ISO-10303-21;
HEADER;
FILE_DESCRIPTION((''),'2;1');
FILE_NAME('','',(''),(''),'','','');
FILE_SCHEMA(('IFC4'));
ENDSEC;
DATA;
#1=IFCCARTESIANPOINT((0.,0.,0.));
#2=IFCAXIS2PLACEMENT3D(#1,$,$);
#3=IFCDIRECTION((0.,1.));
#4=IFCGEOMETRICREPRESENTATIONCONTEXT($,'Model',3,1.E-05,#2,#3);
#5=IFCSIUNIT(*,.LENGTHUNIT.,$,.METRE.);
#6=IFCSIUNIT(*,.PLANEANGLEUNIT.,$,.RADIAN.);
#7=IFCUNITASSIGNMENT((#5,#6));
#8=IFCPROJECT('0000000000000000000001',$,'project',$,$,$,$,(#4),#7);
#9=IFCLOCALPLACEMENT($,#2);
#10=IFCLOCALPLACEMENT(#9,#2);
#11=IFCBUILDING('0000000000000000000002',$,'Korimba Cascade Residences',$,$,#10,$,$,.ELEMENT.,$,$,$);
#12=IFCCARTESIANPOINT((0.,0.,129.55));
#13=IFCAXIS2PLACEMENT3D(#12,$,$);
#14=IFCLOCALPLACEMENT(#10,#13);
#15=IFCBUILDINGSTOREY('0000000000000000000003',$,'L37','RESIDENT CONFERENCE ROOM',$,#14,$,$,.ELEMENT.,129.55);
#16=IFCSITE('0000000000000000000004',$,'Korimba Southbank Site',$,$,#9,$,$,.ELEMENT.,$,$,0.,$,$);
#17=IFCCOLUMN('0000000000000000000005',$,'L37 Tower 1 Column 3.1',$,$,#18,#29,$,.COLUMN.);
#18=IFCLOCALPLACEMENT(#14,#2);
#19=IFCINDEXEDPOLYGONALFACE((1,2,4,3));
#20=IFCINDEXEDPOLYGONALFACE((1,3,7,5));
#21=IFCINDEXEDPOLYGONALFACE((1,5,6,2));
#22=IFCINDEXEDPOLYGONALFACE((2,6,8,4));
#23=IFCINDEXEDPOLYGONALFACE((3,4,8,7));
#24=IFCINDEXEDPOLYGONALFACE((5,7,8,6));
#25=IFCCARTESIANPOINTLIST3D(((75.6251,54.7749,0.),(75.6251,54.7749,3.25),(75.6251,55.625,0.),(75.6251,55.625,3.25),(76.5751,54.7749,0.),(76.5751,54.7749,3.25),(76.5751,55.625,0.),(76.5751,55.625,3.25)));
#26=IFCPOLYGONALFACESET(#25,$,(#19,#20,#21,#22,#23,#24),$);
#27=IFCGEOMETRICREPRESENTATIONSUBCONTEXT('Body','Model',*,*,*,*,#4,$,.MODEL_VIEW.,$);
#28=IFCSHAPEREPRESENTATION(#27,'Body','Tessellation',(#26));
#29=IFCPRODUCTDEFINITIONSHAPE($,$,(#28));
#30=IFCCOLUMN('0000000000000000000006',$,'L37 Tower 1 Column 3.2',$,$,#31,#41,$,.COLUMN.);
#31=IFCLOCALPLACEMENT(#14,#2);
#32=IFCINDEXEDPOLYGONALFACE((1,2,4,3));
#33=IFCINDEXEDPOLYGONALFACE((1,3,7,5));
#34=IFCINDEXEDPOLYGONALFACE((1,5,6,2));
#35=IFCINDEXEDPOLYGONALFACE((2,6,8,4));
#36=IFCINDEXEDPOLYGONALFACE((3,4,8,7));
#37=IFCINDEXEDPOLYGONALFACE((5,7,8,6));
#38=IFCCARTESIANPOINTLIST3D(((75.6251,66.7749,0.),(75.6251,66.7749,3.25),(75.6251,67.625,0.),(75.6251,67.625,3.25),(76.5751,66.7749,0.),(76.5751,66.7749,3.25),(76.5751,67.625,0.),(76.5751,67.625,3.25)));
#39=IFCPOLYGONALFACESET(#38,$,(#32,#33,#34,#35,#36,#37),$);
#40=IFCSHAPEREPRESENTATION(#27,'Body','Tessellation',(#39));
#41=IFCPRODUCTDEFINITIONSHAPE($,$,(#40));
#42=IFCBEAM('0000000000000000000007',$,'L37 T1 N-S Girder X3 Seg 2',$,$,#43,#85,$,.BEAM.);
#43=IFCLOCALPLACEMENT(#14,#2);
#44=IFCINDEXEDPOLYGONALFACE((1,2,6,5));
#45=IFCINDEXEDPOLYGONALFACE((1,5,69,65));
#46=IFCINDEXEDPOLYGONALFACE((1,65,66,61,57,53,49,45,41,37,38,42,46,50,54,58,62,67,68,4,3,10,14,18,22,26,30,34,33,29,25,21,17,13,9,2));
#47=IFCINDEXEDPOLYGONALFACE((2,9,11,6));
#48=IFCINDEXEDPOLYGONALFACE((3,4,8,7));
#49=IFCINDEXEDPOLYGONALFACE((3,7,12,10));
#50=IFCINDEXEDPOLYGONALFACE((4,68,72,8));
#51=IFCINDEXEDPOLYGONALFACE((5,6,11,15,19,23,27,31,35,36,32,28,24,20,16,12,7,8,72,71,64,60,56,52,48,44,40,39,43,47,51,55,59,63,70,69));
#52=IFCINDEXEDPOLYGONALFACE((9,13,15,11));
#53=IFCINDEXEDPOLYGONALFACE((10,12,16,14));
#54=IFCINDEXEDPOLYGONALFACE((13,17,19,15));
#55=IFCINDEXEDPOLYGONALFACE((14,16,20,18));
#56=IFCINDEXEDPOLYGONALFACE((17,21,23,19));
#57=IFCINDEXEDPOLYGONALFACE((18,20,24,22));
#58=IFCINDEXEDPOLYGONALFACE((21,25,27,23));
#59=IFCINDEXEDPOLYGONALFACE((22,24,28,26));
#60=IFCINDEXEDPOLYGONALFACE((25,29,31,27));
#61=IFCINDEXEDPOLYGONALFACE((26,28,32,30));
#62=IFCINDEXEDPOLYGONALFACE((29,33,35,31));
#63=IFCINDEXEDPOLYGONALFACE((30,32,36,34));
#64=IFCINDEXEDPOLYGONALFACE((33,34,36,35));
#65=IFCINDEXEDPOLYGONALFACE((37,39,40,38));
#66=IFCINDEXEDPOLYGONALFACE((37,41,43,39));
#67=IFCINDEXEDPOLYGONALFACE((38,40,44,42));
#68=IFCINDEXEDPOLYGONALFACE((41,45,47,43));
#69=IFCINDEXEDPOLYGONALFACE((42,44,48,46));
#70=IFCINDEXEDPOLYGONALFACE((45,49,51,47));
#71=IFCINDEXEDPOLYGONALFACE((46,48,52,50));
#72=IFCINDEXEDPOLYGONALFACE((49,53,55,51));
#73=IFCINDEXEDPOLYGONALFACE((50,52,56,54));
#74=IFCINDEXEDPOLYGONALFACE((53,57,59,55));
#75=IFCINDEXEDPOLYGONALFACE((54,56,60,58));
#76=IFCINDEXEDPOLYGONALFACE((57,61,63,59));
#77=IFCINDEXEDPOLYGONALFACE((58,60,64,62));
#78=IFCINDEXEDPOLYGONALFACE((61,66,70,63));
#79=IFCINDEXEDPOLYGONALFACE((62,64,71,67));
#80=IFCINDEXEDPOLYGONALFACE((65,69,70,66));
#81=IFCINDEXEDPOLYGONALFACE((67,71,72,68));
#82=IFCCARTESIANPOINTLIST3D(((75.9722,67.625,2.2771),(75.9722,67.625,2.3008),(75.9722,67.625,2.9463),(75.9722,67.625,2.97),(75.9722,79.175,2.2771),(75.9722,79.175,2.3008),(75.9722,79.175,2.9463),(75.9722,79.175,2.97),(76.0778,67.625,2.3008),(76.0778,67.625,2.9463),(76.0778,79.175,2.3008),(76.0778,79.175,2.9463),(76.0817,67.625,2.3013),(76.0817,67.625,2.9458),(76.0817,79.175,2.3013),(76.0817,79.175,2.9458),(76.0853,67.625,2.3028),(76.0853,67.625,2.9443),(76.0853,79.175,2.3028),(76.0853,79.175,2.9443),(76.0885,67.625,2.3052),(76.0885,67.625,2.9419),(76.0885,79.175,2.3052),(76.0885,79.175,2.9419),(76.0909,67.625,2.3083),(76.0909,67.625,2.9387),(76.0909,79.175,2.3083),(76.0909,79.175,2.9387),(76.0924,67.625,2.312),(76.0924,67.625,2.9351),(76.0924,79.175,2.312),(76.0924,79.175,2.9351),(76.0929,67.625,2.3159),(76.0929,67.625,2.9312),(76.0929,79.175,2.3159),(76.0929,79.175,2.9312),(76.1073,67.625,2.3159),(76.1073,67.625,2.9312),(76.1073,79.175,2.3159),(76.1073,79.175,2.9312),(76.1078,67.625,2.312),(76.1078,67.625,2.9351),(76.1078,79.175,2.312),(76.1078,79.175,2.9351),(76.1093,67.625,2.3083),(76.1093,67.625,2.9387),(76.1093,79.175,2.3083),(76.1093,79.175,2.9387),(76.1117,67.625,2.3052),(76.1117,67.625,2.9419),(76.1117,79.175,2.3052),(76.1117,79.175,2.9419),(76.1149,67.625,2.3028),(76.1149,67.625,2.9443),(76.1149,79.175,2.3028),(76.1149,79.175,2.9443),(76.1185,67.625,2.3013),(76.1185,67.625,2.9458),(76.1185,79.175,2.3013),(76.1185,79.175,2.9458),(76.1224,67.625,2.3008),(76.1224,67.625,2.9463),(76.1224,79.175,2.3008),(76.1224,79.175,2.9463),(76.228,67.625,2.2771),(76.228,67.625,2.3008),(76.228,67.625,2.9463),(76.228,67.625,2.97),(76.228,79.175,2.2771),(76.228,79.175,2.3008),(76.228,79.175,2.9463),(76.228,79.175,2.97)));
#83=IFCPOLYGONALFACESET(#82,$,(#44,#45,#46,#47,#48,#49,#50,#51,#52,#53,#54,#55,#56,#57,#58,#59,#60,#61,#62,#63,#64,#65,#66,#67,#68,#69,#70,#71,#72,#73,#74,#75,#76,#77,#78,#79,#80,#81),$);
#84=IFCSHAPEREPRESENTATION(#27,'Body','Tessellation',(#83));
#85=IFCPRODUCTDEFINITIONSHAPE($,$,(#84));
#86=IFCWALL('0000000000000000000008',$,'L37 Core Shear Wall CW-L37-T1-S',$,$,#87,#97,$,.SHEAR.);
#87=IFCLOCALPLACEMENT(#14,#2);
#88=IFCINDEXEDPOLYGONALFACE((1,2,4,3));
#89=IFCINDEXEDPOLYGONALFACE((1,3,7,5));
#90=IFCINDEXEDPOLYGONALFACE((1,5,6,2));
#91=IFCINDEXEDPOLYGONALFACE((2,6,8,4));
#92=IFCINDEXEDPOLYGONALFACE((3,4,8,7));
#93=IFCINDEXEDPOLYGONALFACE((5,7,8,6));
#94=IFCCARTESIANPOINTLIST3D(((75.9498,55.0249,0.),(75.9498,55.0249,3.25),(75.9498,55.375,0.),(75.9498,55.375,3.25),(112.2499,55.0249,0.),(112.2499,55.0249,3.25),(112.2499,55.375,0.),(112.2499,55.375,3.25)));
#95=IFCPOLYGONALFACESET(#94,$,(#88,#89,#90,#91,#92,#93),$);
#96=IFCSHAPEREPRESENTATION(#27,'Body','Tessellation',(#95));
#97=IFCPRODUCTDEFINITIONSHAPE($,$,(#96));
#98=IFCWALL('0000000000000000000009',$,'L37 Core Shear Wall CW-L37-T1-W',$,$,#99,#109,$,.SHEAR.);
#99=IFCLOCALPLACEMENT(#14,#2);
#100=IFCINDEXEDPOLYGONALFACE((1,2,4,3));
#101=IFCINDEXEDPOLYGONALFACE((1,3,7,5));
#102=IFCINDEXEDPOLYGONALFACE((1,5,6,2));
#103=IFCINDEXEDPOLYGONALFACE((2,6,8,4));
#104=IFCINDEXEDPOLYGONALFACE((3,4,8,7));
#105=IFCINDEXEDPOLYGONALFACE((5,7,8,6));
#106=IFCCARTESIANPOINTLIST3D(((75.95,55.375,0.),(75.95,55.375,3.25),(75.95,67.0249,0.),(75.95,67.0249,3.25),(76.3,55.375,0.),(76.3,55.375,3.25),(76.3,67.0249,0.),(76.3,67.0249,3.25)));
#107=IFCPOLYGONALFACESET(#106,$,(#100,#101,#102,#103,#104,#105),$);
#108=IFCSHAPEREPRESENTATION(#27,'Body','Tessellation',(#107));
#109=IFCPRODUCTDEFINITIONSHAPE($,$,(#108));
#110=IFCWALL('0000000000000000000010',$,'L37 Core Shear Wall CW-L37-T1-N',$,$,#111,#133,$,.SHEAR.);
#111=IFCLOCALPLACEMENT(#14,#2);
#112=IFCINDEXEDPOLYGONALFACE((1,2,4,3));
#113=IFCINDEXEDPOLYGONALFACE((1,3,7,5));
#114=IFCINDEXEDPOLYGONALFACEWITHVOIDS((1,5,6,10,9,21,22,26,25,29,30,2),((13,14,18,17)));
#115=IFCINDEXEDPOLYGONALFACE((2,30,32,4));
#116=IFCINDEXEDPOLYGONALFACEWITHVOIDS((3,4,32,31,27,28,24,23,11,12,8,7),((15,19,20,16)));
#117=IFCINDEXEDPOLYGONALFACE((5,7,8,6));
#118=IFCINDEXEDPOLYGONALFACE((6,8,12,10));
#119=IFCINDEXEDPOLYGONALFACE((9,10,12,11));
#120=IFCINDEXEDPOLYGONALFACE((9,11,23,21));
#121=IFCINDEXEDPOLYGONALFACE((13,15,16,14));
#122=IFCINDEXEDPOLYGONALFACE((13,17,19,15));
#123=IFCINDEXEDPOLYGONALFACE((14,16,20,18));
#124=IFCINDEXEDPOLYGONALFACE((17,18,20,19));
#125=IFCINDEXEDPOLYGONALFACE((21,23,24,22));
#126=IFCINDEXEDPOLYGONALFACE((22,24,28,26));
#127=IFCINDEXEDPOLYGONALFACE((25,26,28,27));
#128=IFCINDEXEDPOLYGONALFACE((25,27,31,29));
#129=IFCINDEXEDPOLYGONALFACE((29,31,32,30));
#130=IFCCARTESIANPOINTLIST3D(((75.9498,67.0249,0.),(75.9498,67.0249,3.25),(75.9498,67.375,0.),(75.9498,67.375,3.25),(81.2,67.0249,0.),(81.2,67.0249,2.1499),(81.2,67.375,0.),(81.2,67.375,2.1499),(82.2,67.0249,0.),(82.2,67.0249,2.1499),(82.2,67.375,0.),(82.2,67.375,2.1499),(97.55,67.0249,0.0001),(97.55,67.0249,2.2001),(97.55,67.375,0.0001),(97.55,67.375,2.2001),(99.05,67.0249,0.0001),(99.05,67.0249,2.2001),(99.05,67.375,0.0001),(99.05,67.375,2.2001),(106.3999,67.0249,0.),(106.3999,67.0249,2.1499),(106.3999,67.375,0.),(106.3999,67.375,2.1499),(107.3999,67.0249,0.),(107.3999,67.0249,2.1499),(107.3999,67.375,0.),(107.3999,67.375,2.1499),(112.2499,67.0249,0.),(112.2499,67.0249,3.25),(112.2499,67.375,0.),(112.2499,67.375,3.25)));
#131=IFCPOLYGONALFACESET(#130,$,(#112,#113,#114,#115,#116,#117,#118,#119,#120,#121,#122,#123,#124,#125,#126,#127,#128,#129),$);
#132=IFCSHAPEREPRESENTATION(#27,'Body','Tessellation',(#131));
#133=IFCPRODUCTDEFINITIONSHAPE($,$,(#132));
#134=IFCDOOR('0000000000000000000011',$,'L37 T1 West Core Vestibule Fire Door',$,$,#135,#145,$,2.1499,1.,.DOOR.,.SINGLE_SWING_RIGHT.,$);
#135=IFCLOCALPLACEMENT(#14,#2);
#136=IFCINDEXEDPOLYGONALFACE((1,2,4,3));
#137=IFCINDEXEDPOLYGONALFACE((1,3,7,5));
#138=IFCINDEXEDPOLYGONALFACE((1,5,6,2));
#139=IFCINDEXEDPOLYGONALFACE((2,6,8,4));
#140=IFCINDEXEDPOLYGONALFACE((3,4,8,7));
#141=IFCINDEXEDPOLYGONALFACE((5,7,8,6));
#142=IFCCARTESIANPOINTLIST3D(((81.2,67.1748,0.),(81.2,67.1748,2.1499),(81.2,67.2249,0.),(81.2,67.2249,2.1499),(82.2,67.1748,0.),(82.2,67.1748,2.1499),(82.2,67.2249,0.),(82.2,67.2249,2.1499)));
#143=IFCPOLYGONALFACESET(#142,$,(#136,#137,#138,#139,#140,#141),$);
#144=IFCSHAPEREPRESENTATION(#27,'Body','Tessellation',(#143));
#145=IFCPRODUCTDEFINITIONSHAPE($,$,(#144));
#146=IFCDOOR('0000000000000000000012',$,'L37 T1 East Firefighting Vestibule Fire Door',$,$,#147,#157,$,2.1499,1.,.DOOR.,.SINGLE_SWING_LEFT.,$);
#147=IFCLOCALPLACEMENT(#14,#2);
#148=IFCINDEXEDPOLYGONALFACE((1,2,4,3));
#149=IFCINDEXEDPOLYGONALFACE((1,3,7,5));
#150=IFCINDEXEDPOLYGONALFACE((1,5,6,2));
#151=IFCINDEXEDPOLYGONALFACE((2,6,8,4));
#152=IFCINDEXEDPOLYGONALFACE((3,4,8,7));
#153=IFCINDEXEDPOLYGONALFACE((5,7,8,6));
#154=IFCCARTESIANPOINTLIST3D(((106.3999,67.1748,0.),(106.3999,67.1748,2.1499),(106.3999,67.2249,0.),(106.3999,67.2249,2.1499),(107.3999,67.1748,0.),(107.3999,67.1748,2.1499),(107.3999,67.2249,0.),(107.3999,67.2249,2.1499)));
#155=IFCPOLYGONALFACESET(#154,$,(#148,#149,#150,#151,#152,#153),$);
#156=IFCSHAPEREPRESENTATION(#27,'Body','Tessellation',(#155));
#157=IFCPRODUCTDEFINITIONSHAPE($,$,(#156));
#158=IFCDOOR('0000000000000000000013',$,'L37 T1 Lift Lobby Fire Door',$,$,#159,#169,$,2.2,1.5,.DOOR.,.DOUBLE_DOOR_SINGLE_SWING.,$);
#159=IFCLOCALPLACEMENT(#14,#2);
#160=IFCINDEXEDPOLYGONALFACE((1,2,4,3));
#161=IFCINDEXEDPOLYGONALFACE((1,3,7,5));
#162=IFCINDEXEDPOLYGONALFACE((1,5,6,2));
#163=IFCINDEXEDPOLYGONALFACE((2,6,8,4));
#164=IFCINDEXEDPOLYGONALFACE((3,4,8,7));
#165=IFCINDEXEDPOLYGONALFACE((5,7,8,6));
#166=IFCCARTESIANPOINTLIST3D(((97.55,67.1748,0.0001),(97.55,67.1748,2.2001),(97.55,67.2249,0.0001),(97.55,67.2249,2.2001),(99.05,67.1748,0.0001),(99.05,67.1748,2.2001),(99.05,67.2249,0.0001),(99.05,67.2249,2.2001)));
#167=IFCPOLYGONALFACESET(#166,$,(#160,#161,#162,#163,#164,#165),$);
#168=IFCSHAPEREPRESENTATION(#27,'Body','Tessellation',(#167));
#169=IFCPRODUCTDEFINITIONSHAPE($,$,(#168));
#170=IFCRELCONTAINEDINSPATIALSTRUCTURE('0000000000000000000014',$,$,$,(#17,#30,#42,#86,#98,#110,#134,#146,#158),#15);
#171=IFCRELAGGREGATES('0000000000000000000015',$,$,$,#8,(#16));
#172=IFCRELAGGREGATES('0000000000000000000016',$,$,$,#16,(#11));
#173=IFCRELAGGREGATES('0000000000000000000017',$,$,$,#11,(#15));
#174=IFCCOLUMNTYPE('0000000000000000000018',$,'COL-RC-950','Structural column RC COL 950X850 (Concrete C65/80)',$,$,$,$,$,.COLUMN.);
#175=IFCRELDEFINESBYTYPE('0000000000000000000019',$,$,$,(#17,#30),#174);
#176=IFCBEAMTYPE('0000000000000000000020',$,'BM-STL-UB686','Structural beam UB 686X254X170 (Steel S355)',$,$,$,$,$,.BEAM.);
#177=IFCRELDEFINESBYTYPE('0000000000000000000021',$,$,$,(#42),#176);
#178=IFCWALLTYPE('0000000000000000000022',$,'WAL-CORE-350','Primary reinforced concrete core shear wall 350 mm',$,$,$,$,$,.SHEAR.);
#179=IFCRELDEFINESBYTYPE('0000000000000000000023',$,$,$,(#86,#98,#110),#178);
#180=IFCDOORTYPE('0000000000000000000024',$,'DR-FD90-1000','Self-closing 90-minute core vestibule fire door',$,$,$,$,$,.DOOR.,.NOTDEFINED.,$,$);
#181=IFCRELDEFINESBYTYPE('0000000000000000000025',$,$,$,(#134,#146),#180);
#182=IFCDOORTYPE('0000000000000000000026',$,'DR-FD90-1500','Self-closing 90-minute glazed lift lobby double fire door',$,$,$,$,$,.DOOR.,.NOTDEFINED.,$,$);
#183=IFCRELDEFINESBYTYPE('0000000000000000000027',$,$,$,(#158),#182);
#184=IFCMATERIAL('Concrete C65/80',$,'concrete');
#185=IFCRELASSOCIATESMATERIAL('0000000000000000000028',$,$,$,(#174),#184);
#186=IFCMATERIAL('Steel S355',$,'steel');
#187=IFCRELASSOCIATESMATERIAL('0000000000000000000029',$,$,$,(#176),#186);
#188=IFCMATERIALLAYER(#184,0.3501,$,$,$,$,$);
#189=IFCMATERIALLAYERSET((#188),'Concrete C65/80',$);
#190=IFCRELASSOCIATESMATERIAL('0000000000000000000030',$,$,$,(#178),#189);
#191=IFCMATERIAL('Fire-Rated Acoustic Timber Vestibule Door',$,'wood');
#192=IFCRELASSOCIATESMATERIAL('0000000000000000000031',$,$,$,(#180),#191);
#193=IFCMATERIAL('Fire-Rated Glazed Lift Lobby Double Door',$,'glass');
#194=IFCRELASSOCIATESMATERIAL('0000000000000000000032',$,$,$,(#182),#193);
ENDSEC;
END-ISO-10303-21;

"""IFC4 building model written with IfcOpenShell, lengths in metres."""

from ifc_helpers import new_model, si_unit, direction, frame, frame_2d, origin, origin_2d, place, context, subcontext, project, spatial, rectangle, i_section, extrude, material, layer, layer_set, material_profile, profile_set, type_object, element, fill, save


model = new_model("IFC4")

# Units and contexts
model_context = context("Model", 3, precision=1e-05, world=origin(), true_north=direction((0.0, 1.0)))
body_context = subcontext(model_context, "Body", "Model", "MODEL_VIEW")
ifc_project = project(units=[si_unit("LENGTHUNIT", "METRE"), si_unit("PLANEANGLEUNIT", "RADIAN")], contexts=[model_context])

# Site, building, storey
site_placement = place(None, origin())
site = spatial("IfcSite", under=ifc_project, at=site_placement, Name="Korimba Southbank Site", CompositionType="ELEMENT", RefElevation=0.0)
building_placement = place(site_placement, origin())
building = spatial("IfcBuilding", under=site, at=building_placement, Name="Korimba Cascade Residences", CompositionType="ELEMENT")
storey_placement = place(building_placement, frame((0.0, 0.0, 129.55)))
storey = spatial("IfcBuildingStorey", under=building, at=storey_placement, Name="L37", Description="RESIDENT CONFERENCE ROOM", CompositionType="ELEMENT", Elevation=129.55)

# Columns
ifc_material_1 = material(Name="Concrete C65/80", Category="concrete")
ifc_material_profile_1 = material_profile(ifc_material_1, rectangle(XDim=0.95, YDim=0.8501, at=origin_2d()), Name="Concrete C65/80")
ifc_profile_set_1 = profile_set([ifc_material_profile_1], Name="Concrete C65/80")
column_type = type_object("IfcColumnType", Name="COL-RC-950", Description="Structural column RC COL 950X850 (Concrete C65/80)", PredefinedType="COLUMN", material=ifc_profile_set_1)
for number, where, z_axis, x_axis, name in (
    (1, (76.1001, 55.2, 0.0), (0.0, 0.0, 1.0), (1.0, 0.0, 0.0), "L37 Tower 1 Column 3.1"),
    (2, (76.1001, 67.2, 0.0), (0.0, 0.0, 1.0), (1.0, 0.0, 0.0), "L37 Tower 1 Column 3.2"),
):
    element("IfcColumn", number, at=place(storey_placement, frame(where, z_axis=z_axis, x_axis=x_axis)), inside=storey, type_object=column_type, Name=name, PredefinedType="COLUMN", context=body_context, shape_type="SweptSolid", body=[
        extrude(rectangle(XDim=0.95, YDim=0.8501, at=origin_2d()), origin(), (0.0, 0.0, 1.0), 3.25),
    ])

# Beam
ifc_material_2 = material(Name="Steel S355", Category="steel")
ifc_material_profile_2 = material_profile(ifc_material_2, i_section(OverallWidth=0.2559, OverallDepth=0.6929, WebThickness=0.0144, FlangeThickness=0.0237, FilletRadius=0.0151, at=origin_2d()), Name="Steel S355")
ifc_profile_set_2 = profile_set([ifc_material_profile_2], Name="Steel S355")
beam_type = type_object("IfcBeamType", Name="BM-STL-UB686", Description="Structural beam UB 686X254X170 (Steel S355)", PredefinedType="BEAM", material=ifc_profile_set_2)
beam_placement = place(storey_placement, frame((76.1001, 67.625, 2.6235), z_axis=(0.0, 1.0, 0.0), x_axis=(-1.0, 0.0, 0.0)))
element("IfcBeam", 3, at=beam_placement, inside=storey, type_object=beam_type, Name="L37 T1 N-S Girder X3 Seg 2", PredefinedType="BEAM", context=body_context, shape_type="SweptSolid", body=[
    extrude(i_section(OverallWidth=0.2559, OverallDepth=0.6929, WebThickness=0.0144, FlangeThickness=0.0237, FilletRadius=0.0151, at=origin_2d()), origin(), (0.0, 0.0, 1.0), 11.55),
])

# Walls
ifc_layer_1 = layer(ifc_material_1, 0.3501)
ifc_layer_set_1 = layer_set([ifc_layer_1], Name="Concrete C65/80")
wall_type_1 = type_object("IfcWallType", Name="WAL-CORE-350", Description="Primary reinforced concrete core shear wall 350 mm", PredefinedType="SHEAR", material=ifc_layer_set_1)
wall_1_placement = place(storey_placement, frame((75.95, 55.2, 0.0), z_axis=(0.0, 0.0, 1.0), x_axis=(1.0, 0.0, 0.0)))
element("IfcWall", 4, at=wall_1_placement, inside=storey, type_object=wall_type_1, Name="L37 Core Shear Wall CW-L37-T1-S", PredefinedType="SHEAR", context=body_context, shape_type="SweptSolid", body=[
    extrude(rectangle(XDim=36.3, YDim=0.3501, at=frame_2d((18.1499, 0.0))), origin(), (0.0, 0.0, 1.0), 3.25),
])
wall_2_placement = place(storey_placement, frame((76.125, 55.375, 0.0), z_axis=(0.0, 0.0, 1.0), x_axis=(0.0, 1.0, 0.0)))
element("IfcWall", 5, at=wall_2_placement, inside=storey, type_object=wall_type_1, Name="L37 Core Shear Wall CW-L37-T1-W", PredefinedType="SHEAR", context=body_context, shape_type="SweptSolid", body=[
    extrude(rectangle(XDim=11.6499, YDim=0.3501, at=frame_2d((5.825, 0.0))), origin(), (0.0, 0.0, 1.0), 3.25),
])

# Wall, openings, doors
wall_3_placement = place(storey_placement, frame((75.95, 67.2, 0.0), z_axis=(0.0, 0.0, 1.0), x_axis=(1.0, 0.0, 0.0)))
wall_3 = element("IfcWall", 6, at=wall_3_placement, inside=storey, type_object=wall_type_1, Name="L37 Core Shear Wall CW-L37-T1-N", PredefinedType="SHEAR", context=body_context, shape_type="SweptSolid", body=[
    extrude(rectangle(XDim=36.3, YDim=0.3501, at=frame_2d((18.1499, 0.0))), origin(), (0.0, 0.0, 1.0), 3.25),
])
opening_1_placement = place(wall_3_placement, frame((5.25, 0.0, 0.0)))
opening_1 = element("IfcOpeningElement", 7, at=opening_1_placement, cuts=wall_3, PredefinedType="OPENING", context=body_context, shape_type="SweptSolid", body=[
    extrude(rectangle(XDim=1.0, YDim=2.1499, at=frame_2d((0.5, 1.075))), frame((0.0, 0.1851, 0.0), z_axis=(0.0, -1.0, 0.0), x_axis=(1.0, 0.0, 0.0)), (0.0, 0.0, 1.0), 0.3701),
])
opening_2_placement = place(wall_3_placement, frame((21.6001, 0.0, 0.0)))
opening_2 = element("IfcOpeningElement", 8, at=opening_2_placement, cuts=wall_3, PredefinedType="OPENING", context=body_context, shape_type="SweptSolid", body=[
    extrude(rectangle(XDim=1.5, YDim=2.2, at=frame_2d((0.75, 1.1001))), frame((0.0, 0.1851, 0.0), z_axis=(0.0, -1.0, 0.0), x_axis=(1.0, 0.0, 0.0)), (0.0, 0.0, 1.0), 0.3701),
])
opening_3_placement = place(wall_3_placement, frame((30.45, 0.0, 0.0)))
opening_3 = element("IfcOpeningElement", 9, at=opening_3_placement, cuts=wall_3, PredefinedType="OPENING", context=body_context, shape_type="SweptSolid", body=[
    extrude(rectangle(XDim=1.0, YDim=2.1499, at=frame_2d((0.5, 1.075))), frame((0.0, 0.1851, 0.0), z_axis=(0.0, -1.0, 0.0), x_axis=(1.0, 0.0, 0.0)), (0.0, 0.0, 1.0), 0.3701),
])
ifc_material_3 = material(Name="Fire-Rated Acoustic Timber Vestibule Door", Category="wood")
door_type_1 = type_object("IfcDoorType", Name="DR-FD90-1000", Description="Self-closing 90-minute core vestibule fire door", OperationType="NOTDEFINED", PredefinedType="DOOR", material=ifc_material_3)
door_1_placement = place(opening_1_placement, origin())
door_1 = element("IfcDoor", 10, at=door_1_placement, inside=storey, type_object=door_type_1, Name="L37 T1 West Core Vestibule Fire Door", OperationType="SINGLE_SWING_RIGHT", OverallHeight=2.1499, OverallWidth=1.0, PredefinedType="DOOR", context=body_context, shape_type="SweptSolid", body=[
    extrude(rectangle(XDim=1.0, YDim=2.1499, at=frame_2d((0.5, 1.075))), frame((0.0, 0.0249, 0.0), z_axis=(0.0, -1.0, 0.0), x_axis=(1.0, 0.0, 0.0)), (0.0, 0.0, 1.0), 0.05),
])
fill(opening_1, door_1)
door_2_placement = place(opening_3_placement, origin())
door_2 = element("IfcDoor", 11, at=door_2_placement, inside=storey, type_object=door_type_1, Name="L37 T1 East Firefighting Vestibule Fire Door", OperationType="SINGLE_SWING_LEFT", OverallHeight=2.1499, OverallWidth=1.0, PredefinedType="DOOR", context=body_context, shape_type="SweptSolid", body=[
    extrude(rectangle(XDim=1.0, YDim=2.1499, at=frame_2d((0.5, 1.075))), frame((0.0, 0.0249, 0.0), z_axis=(0.0, -1.0, 0.0), x_axis=(1.0, 0.0, 0.0)), (0.0, 0.0, 1.0), 0.05),
])
fill(opening_3, door_2)
ifc_material_4 = material(Name="Fire-Rated Glazed Lift Lobby Double Door", Category="glass")
door_type_2 = type_object("IfcDoorType", Name="DR-FD90-1500", Description="Self-closing 90-minute glazed lift lobby double fire door", OperationType="NOTDEFINED", PredefinedType="DOOR", material=ifc_material_4)
door_3_placement = place(opening_2_placement, origin())
door_3 = element("IfcDoor", 12, at=door_3_placement, inside=storey, type_object=door_type_2, Name="L37 T1 Lift Lobby Fire Door", OperationType="DOUBLE_DOOR_SINGLE_SWING", OverallHeight=2.2, OverallWidth=1.5, PredefinedType="DOOR", context=body_context, shape_type="SweptSolid", body=[
    extrude(rectangle(XDim=1.5, YDim=2.2, at=frame_2d((0.75, 1.1001))), frame((0.0, 0.0249, 0.0), z_axis=(0.0, -1.0, 0.0), x_axis=(1.0, 0.0, 0.0)), (0.0, 0.0, 1.0), 0.05),
])
fill(opening_2, door_3)

save(model, "model.ifc")
